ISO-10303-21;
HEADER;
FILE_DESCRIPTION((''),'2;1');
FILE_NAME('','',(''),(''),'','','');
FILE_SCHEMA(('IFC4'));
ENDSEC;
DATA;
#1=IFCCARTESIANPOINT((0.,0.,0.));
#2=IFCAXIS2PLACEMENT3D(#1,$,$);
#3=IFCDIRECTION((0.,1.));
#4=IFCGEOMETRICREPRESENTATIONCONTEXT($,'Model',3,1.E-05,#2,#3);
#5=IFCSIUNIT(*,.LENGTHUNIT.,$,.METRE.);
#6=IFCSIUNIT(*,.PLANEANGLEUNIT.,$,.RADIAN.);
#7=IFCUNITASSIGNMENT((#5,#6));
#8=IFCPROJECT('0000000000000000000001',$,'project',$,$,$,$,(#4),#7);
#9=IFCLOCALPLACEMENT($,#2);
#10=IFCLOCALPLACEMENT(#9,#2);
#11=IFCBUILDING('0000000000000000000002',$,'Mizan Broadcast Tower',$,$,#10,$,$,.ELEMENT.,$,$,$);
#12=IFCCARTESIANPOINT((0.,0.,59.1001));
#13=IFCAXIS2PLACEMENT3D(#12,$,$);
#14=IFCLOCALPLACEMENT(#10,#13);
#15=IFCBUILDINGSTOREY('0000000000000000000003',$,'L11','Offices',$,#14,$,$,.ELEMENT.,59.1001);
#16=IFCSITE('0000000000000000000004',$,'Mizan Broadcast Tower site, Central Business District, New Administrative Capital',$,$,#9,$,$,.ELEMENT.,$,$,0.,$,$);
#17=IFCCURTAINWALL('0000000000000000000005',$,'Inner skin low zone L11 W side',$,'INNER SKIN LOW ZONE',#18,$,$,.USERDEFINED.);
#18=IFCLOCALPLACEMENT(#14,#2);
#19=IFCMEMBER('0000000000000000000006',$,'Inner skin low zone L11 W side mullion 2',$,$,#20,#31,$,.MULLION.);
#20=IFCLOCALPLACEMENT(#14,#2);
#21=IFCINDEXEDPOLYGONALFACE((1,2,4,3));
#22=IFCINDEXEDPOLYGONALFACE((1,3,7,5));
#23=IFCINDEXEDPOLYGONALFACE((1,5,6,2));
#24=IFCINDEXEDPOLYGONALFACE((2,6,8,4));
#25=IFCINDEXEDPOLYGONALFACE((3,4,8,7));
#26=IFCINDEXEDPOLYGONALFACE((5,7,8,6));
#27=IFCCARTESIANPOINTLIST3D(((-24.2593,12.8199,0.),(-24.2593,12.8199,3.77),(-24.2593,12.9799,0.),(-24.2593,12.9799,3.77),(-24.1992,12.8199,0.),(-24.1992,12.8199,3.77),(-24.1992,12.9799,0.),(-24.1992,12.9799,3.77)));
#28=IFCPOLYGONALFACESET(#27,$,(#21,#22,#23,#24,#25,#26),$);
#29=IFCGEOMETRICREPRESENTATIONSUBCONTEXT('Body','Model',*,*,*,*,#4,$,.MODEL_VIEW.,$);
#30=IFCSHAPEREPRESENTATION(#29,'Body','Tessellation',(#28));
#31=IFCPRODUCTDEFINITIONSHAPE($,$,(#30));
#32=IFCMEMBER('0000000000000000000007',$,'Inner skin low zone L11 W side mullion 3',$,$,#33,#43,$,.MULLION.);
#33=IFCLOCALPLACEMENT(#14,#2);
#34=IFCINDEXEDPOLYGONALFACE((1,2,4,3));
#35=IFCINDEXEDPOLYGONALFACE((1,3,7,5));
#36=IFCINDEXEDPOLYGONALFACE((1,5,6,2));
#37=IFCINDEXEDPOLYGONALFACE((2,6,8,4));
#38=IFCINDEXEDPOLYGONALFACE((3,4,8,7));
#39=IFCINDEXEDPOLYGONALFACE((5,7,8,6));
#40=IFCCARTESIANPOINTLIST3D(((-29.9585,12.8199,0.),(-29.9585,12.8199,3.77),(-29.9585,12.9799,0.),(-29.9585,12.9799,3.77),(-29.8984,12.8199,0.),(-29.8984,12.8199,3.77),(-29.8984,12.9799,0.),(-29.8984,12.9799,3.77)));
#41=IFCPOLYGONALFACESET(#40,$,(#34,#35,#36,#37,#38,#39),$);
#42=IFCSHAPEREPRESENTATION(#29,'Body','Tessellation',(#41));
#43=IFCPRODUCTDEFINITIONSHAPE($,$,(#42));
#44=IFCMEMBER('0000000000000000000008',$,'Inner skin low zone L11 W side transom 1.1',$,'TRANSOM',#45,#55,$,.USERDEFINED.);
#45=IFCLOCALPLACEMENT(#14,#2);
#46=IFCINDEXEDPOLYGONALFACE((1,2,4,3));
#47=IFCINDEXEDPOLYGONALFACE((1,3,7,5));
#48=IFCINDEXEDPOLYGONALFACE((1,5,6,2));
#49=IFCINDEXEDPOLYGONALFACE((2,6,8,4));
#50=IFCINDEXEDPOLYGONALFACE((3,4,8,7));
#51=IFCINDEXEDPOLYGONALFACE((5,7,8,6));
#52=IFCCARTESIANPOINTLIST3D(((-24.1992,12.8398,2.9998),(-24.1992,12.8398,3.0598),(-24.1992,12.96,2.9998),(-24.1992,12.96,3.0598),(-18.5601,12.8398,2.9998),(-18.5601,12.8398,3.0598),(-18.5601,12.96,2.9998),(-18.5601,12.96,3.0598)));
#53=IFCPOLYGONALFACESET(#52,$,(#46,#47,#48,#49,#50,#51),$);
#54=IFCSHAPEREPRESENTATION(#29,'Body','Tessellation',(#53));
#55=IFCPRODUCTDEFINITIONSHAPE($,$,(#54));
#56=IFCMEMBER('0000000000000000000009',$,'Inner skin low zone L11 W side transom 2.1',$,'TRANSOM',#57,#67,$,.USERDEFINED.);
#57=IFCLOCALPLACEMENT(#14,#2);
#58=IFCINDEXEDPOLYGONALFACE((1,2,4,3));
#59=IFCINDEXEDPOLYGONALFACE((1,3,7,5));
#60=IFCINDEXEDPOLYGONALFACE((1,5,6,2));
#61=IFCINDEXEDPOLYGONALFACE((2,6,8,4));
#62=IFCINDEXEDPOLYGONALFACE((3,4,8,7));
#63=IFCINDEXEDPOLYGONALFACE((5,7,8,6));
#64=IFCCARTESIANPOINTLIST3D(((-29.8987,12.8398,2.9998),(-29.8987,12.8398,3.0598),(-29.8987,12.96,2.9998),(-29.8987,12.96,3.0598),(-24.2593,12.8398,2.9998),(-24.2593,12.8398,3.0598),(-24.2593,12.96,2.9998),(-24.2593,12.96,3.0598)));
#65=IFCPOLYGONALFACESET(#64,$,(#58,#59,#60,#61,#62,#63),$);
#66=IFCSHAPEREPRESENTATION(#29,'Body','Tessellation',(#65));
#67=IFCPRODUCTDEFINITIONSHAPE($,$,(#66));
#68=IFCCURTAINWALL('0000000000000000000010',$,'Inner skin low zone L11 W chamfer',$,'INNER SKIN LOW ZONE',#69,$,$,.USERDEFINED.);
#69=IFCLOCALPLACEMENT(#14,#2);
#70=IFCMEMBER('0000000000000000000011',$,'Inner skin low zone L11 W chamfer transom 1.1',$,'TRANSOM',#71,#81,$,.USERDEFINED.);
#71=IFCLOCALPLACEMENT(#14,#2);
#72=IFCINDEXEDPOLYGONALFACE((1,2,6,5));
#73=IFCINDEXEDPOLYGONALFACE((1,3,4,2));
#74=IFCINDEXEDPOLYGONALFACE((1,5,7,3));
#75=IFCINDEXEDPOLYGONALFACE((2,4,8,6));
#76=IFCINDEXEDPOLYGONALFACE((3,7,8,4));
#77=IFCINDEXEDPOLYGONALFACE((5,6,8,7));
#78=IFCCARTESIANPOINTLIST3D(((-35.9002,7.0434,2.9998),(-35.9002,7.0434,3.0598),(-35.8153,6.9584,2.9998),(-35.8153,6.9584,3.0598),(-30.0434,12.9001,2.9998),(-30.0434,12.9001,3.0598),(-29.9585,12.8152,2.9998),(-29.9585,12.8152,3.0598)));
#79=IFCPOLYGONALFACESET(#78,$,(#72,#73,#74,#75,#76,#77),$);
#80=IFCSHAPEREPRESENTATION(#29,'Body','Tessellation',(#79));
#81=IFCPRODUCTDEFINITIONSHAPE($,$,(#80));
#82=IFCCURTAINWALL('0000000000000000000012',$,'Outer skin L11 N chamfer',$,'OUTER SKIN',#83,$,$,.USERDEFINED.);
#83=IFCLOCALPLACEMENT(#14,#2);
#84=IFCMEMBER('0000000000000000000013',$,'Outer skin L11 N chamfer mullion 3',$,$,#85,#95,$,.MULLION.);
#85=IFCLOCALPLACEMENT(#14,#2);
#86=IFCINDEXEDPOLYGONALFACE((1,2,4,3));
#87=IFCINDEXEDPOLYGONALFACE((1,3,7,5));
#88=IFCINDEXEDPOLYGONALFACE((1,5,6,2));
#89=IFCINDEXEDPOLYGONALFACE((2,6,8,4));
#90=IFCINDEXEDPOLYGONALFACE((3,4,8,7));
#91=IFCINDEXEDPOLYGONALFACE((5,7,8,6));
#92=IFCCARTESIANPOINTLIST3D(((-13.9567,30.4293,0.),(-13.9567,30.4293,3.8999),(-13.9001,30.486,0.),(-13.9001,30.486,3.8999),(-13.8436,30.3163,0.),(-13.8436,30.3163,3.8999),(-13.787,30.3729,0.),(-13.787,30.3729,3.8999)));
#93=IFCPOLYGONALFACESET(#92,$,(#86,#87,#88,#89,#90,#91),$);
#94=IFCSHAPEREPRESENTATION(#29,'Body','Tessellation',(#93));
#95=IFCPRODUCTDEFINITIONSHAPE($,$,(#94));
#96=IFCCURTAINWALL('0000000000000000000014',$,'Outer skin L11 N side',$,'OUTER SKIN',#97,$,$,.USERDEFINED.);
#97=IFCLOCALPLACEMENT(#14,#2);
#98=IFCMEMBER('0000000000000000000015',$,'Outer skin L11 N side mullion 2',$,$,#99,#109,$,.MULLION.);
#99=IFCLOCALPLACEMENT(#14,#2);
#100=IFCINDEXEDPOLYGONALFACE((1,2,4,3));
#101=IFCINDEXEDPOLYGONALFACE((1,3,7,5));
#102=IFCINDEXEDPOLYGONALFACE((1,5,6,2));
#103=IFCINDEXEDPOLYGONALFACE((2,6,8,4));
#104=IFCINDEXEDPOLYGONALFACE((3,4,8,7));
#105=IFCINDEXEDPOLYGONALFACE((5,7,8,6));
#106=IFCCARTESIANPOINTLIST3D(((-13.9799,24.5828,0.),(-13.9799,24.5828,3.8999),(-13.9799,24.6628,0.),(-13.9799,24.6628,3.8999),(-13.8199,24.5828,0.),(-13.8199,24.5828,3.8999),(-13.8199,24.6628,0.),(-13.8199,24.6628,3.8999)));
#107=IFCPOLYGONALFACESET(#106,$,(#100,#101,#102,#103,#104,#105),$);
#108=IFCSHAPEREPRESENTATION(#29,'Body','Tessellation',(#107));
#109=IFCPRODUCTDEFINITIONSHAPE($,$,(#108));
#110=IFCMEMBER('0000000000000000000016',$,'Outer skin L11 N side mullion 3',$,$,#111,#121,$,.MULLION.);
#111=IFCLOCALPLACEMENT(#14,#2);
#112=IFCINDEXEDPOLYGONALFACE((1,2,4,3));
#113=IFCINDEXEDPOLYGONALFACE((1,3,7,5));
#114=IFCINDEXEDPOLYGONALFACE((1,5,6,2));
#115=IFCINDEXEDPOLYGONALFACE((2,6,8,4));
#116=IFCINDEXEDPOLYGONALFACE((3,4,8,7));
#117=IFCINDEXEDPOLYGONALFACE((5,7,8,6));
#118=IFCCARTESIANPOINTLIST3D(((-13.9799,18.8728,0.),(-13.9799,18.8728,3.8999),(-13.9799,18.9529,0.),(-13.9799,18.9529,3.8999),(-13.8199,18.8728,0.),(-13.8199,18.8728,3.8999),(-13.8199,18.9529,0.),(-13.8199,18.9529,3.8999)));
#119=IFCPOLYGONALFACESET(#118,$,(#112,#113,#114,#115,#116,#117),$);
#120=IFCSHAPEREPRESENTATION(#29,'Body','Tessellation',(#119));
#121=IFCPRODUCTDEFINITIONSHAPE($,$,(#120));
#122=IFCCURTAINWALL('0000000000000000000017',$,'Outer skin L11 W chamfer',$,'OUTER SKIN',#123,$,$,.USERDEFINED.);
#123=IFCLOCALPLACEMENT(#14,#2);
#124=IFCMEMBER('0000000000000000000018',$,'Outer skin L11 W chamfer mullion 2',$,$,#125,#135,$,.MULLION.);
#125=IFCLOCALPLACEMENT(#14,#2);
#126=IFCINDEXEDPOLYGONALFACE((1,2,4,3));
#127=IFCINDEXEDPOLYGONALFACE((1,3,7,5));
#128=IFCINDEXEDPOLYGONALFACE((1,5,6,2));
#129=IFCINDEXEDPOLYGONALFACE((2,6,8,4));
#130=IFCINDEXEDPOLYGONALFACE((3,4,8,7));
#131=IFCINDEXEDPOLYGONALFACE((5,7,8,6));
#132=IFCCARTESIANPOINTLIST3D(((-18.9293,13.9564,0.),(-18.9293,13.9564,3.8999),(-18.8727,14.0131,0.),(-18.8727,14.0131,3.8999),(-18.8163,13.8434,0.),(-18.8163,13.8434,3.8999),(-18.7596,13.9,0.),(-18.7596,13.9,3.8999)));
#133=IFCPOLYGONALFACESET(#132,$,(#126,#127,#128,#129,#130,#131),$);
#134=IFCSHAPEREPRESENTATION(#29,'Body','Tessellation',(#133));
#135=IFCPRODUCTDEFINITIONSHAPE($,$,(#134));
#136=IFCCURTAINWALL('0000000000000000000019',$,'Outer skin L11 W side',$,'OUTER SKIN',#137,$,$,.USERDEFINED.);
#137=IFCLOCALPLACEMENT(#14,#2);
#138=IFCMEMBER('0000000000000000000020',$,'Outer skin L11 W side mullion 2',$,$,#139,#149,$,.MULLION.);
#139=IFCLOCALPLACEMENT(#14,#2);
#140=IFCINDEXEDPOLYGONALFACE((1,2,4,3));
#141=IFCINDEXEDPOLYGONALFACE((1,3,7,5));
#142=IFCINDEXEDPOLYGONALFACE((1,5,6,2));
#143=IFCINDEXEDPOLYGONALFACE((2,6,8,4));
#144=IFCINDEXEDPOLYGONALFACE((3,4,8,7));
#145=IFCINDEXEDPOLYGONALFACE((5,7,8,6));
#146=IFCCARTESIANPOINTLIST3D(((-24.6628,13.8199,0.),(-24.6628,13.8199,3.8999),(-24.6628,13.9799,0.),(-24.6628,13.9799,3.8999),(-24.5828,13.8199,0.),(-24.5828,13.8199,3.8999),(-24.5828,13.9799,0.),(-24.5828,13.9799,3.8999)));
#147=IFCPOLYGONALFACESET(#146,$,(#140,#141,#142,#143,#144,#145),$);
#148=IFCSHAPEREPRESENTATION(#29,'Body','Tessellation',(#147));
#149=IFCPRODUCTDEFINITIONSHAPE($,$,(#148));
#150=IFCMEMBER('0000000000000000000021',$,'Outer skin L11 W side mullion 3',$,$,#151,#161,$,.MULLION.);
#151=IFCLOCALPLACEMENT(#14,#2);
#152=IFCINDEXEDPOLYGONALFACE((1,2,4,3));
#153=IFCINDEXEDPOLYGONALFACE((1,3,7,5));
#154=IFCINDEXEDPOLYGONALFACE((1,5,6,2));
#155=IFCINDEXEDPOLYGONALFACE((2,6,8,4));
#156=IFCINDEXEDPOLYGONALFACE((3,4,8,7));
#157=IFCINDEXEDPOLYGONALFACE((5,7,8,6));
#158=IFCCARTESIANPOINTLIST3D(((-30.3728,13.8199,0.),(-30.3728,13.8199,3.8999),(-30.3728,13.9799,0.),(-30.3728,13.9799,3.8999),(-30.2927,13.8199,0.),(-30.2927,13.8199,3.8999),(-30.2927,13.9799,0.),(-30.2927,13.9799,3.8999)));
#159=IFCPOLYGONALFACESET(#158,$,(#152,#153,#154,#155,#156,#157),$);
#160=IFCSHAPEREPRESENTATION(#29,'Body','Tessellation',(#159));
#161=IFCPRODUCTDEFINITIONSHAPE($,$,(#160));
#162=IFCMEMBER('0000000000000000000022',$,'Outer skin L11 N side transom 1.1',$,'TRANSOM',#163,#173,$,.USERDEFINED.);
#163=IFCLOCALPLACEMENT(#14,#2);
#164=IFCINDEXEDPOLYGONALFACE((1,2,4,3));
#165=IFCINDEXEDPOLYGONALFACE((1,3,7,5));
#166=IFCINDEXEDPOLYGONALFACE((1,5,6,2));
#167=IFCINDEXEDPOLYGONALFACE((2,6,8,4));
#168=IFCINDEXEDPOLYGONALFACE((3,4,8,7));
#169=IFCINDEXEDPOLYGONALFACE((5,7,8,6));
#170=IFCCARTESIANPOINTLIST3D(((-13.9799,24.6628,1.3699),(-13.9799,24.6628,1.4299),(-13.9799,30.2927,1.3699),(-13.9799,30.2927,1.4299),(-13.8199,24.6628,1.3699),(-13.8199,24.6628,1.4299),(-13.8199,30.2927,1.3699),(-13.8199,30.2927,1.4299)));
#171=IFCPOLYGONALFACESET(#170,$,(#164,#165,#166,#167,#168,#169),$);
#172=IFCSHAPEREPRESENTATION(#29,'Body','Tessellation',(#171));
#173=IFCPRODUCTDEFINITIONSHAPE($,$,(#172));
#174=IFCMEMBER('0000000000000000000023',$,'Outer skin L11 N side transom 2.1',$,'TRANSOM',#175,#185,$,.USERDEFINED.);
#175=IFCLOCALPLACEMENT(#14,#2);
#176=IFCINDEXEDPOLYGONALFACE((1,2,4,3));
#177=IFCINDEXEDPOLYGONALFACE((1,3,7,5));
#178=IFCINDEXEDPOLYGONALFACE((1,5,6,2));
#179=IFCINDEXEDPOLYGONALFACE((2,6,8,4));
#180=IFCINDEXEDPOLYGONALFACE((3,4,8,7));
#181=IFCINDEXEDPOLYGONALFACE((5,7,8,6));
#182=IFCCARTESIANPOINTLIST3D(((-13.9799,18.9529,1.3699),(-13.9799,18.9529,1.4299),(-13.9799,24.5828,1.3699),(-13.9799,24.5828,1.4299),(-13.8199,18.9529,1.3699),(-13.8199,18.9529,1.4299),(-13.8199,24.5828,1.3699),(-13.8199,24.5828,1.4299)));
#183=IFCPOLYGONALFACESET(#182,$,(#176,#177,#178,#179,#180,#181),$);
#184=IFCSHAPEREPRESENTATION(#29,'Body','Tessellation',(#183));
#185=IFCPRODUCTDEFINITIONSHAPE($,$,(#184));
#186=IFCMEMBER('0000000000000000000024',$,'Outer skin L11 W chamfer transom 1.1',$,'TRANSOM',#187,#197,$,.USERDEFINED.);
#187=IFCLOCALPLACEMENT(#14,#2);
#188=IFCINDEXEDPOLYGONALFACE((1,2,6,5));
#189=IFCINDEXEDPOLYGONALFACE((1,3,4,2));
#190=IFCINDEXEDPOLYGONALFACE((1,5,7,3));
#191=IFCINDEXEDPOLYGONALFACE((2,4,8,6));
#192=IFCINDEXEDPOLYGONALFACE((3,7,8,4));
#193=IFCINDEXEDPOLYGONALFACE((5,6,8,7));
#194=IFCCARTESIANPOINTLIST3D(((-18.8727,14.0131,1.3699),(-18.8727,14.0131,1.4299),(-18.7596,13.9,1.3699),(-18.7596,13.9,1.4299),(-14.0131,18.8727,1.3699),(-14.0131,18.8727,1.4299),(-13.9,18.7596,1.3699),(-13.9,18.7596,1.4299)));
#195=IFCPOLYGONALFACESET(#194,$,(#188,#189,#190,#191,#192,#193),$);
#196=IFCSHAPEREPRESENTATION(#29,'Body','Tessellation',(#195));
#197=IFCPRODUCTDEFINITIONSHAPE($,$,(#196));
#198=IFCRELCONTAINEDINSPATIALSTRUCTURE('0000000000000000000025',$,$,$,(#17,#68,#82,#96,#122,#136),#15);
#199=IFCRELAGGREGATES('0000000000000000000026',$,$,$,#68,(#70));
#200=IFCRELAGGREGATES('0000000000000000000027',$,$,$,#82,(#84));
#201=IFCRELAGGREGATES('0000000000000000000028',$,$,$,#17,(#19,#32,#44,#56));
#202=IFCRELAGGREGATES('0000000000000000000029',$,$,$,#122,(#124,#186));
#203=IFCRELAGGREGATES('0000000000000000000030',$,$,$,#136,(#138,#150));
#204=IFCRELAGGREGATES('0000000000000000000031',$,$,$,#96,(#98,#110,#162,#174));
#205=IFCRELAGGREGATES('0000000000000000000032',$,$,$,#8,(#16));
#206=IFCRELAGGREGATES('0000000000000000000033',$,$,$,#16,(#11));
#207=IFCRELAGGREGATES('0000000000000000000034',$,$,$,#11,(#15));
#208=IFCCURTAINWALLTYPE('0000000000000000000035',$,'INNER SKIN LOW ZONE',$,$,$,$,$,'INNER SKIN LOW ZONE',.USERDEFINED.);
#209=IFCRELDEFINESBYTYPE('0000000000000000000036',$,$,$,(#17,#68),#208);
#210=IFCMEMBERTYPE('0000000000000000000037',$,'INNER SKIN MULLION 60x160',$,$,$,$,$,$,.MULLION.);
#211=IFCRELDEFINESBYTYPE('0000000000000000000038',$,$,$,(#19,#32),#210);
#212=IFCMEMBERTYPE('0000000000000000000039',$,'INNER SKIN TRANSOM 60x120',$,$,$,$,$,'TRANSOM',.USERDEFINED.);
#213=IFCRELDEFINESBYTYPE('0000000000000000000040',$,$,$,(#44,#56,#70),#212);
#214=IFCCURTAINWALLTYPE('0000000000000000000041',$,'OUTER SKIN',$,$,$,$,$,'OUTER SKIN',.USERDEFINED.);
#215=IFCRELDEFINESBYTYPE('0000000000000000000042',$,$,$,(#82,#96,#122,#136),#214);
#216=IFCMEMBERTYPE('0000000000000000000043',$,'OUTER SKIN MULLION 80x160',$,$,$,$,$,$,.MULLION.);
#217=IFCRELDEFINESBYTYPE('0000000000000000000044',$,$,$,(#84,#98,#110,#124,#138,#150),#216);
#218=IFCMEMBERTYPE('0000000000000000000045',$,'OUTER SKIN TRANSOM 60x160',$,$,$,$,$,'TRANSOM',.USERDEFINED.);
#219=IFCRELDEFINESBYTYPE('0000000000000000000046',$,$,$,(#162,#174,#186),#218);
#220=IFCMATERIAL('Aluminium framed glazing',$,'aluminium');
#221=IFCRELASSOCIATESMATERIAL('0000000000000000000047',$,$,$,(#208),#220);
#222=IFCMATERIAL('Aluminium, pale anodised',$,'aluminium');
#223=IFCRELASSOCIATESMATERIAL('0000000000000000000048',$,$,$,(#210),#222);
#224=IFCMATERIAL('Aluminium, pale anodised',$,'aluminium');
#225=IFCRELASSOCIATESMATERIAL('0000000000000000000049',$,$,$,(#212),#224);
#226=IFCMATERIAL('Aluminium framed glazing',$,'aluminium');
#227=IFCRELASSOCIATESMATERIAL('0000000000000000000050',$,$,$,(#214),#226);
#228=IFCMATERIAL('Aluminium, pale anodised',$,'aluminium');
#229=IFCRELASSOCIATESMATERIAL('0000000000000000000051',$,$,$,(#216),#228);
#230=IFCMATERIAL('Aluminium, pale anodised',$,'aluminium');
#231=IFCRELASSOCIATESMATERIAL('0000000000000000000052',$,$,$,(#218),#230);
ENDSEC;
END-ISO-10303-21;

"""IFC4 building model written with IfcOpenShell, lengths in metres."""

from ifc_helpers import new_model, si_unit, direction, frame, origin, origin_2d, place, context, subcontext, project, spatial, rectangle, extrude, material, material_profile, profile_set, type_object, element, aggregate, save


model = new_model("IFC4")

# Units and contexts
model_context = context("Model", 3, precision=1e-05, world=origin(), true_north=direction((0.0, 1.0)))
body_context = subcontext(model_context, "Body", "Model", "MODEL_VIEW")
ifc_project = project(units=[si_unit("LENGTHUNIT", "METRE"), si_unit("PLANEANGLEUNIT", "RADIAN")], contexts=[model_context])

# Site, building, storey
site_placement = place(None, origin())
site = spatial("IfcSite", under=ifc_project, at=site_placement, Name="Mizan Broadcast Tower site, Central Business District, New Administrative Capital", CompositionType="ELEMENT", RefElevation=0.0)
building_placement = place(site_placement, origin())
building = spatial("IfcBuilding", under=site, at=building_placement, Name="Mizan Broadcast Tower", CompositionType="ELEMENT")
storey_placement = place(building_placement, frame((0.0, 0.0, 59.1001)))
storey = spatial("IfcBuildingStorey", under=building, at=storey_placement, Name="L11", Description="Offices", CompositionType="ELEMENT", Elevation=59.1001)

# Curtain wall, members
ifc_material_1 = material(Name="Aluminium framed glazing", Category="aluminium")
curtain_wall_type_1 = type_object("IfcCurtainWallType", Name="INNER SKIN LOW ZONE", ElementType="INNER SKIN LOW ZONE", PredefinedType="USERDEFINED", material=ifc_material_1)
curtain_wall_1_placement = place(storey_placement, origin())
curtain_wall_1 = element("IfcCurtainWall", 1, at=curtain_wall_1_placement, inside=storey, type_object=curtain_wall_type_1, Name="Inner skin low zone L11 W side", ObjectType="INNER SKIN LOW ZONE", PredefinedType="USERDEFINED")
ifc_material_2 = material(Name="Aluminium, pale anodised", Category="aluminium")
ifc_material_profile_1 = material_profile(ifc_material_2, rectangle(XDim=0.1599, YDim=0.0601, at=origin_2d()), Name="MULLION 160x60")
ifc_profile_set_1 = profile_set([ifc_material_profile_1], Name="Aluminium, pale anodised")
member_type_1 = type_object("IfcMemberType", Name="INNER SKIN MULLION 60x160", PredefinedType="MULLION", material=ifc_profile_set_1)
member_1_placement = place(storey_placement, frame((-24.2292, 12.8999, 0.0), z_axis=(0.0, 0.0, 1.0), x_axis=(0.0, -1.0, 0.0)))
member_1 = element("IfcMember", 2, at=member_1_placement, type_object=member_type_1, Name="Inner skin low zone L11 W side mullion 2", PredefinedType="MULLION", context=body_context, shape_type="SweptSolid", body=[
    extrude(rectangle(XDim=0.1599, YDim=0.0601, at=origin_2d()), origin(), (0.0, 0.0, 1.0), 3.77),
])
member_2_placement = place(storey_placement, frame((-29.9285, 12.8999, 0.0), z_axis=(0.0, 0.0, 1.0), x_axis=(0.0, -1.0, 0.0)))
member_2 = element("IfcMember", 3, at=member_2_placement, type_object=member_type_1, Name="Inner skin low zone L11 W side mullion 3", PredefinedType="MULLION", context=body_context, shape_type="SweptSolid", body=[
    extrude(rectangle(XDim=0.1599, YDim=0.0601, at=origin_2d()), origin(), (0.0, 0.0, 1.0), 3.77),
])
ifc_material_3 = material(Name="Aluminium, pale anodised", Category="aluminium")
ifc_material_profile_2 = material_profile(ifc_material_3, rectangle(XDim=0.1201, YDim=0.0601, at=origin_2d()), Name="TRANSOM 120x60")
ifc_profile_set_2 = profile_set([ifc_material_profile_2], Name="Aluminium, pale anodised")
member_type_2 = type_object("IfcMemberType", Name="INNER SKIN TRANSOM 60x120", ElementType="TRANSOM", PredefinedType="USERDEFINED", material=ifc_profile_set_2)
member_3_placement = place(storey_placement, frame((-18.5601, 12.8999, 3.0298), z_axis=(-1.0, 0.0, 0.0), x_axis=(0.0, -1.0, 0.0)))
member_3 = element("IfcMember", 4, at=member_3_placement, type_object=member_type_2, Name="Inner skin low zone L11 W side transom 1.1", ObjectType="TRANSOM", PredefinedType="USERDEFINED", context=body_context, shape_type="SweptSolid", body=[
    extrude(rectangle(XDim=0.1201, YDim=0.0601, at=origin_2d()), origin(), (0.0, 0.0, 1.0), 5.6392),
])
member_4_placement = place(storey_placement, frame((-24.2593, 12.8999, 3.0298), z_axis=(-1.0, 0.0, 0.0), x_axis=(0.0, -1.0, 0.0)))
member_4 = element("IfcMember", 5, at=member_4_placement, type_object=member_type_2, Name="Inner skin low zone L11 W side transom 2.1", ObjectType="TRANSOM", PredefinedType="USERDEFINED", context=body_context, shape_type="SweptSolid", body=[
    extrude(rectangle(XDim=0.1201, YDim=0.0601, at=origin_2d()), origin(), (0.0, 0.0, 1.0), 5.6394),
])

# Curtain walls, members
curtain_wall_2_placement = place(storey_placement, origin())
curtain_wall_2 = element("IfcCurtainWall", 6, at=curtain_wall_2_placement, inside=storey, type_object=curtain_wall_type_1, Name="Inner skin low zone L11 W chamfer", ObjectType="INNER SKIN LOW ZONE", PredefinedType="USERDEFINED")
member_5_placement = place(storey_placement, frame((-30.001, 12.8577, 3.0298), z_axis=(-0.707107, -0.707107, 0.0), x_axis=(0.707107, -0.707107, 0.0)))
member_5 = element("IfcMember", 7, at=member_5_placement, type_object=member_type_2, Name="Inner skin low zone L11 W chamfer transom 1.1", ObjectType="TRANSOM", PredefinedType="USERDEFINED", context=body_context, shape_type="SweptSolid", body=[
    extrude(rectangle(XDim=0.1201, YDim=0.0601, at=origin_2d()), origin(), (0.0, 0.0, 1.0), 8.2827),
])
aggregate(curtain_wall_2, [member_5])
ifc_material_4 = material(Name="Aluminium framed glazing", Category="aluminium")
curtain_wall_type_2 = type_object("IfcCurtainWallType", Name="OUTER SKIN", ElementType="OUTER SKIN", PredefinedType="USERDEFINED", material=ifc_material_4)
curtain_wall_3_placement = place(storey_placement, origin())
curtain_wall_3 = element("IfcCurtainWall", 8, at=curtain_wall_3_placement, inside=storey, type_object=curtain_wall_type_2, Name="Outer skin L11 N chamfer", ObjectType="OUTER SKIN", PredefinedType="USERDEFINED")
ifc_material_5 = material(Name="Aluminium, pale anodised", Category="aluminium")
ifc_material_profile_3 = material_profile(ifc_material_5, rectangle(XDim=0.1599, YDim=0.0801, at=origin_2d()), Name="MULLION 160x80")
ifc_profile_set_3 = profile_set([ifc_material_profile_3], Name="Aluminium, pale anodised")
member_type_3 = type_object("IfcMemberType", Name="OUTER SKIN MULLION 80x160", PredefinedType="MULLION", material=ifc_profile_set_3)
member_6_placement = place(storey_placement, frame((-13.8718, 30.4011, 0.0), z_axis=(0.0, 0.0, 1.0), x_axis=(0.707107, -0.707107, 0.0)))
member_6 = element("IfcMember", 9, at=member_6_placement, type_object=member_type_3, Name="Outer skin L11 N chamfer mullion 3", PredefinedType="MULLION", context=body_context, shape_type="SweptSolid", body=[
    extrude(rectangle(XDim=0.1599, YDim=0.0801, at=origin_2d()), origin(), (0.0, 0.0, 1.0), 3.8999),
])
aggregate(curtain_wall_3, [member_6])

# Curtain wall, members
curtain_wall_4_placement = place(storey_placement, origin())
curtain_wall_4 = element("IfcCurtainWall", 10, at=curtain_wall_4_placement, inside=storey, type_object=curtain_wall_type_2, Name="Outer skin L11 N side", ObjectType="OUTER SKIN", PredefinedType="USERDEFINED")
member_7_placement = place(storey_placement, frame((-13.8999, 24.6228, 0.0), z_axis=(0.0, 0.0, 1.0), x_axis=(1.0, 0.0, 0.0)))
member_7 = element("IfcMember", 11, at=member_7_placement, type_object=member_type_3, Name="Outer skin L11 N side mullion 2", PredefinedType="MULLION", context=body_context, shape_type="SweptSolid", body=[
    extrude(rectangle(XDim=0.1599, YDim=0.0801, at=origin_2d()), origin(), (0.0, 0.0, 1.0), 3.8999),
])
member_8_placement = place(storey_placement, frame((-13.8999, 18.9128, 0.0), z_axis=(0.0, 0.0, 1.0), x_axis=(1.0, 0.0, 0.0)))
member_8 = element("IfcMember", 12, at=member_8_placement, type_object=member_type_3, Name="Outer skin L11 N side mullion 3", PredefinedType="MULLION", context=body_context, shape_type="SweptSolid", body=[
    extrude(rectangle(XDim=0.1599, YDim=0.0801, at=origin_2d()), origin(), (0.0, 0.0, 1.0), 3.8999),
])

# Curtain wall, member
curtain_wall_5_placement = place(storey_placement, origin())
curtain_wall_5 = element("IfcCurtainWall", 13, at=curtain_wall_5_placement, inside=storey, type_object=curtain_wall_type_2, Name="Outer skin L11 W chamfer", ObjectType="OUTER SKIN", PredefinedType="USERDEFINED")
member_9_placement = place(storey_placement, frame((-18.8445, 13.9282, 0.0), z_axis=(0.0, 0.0, 1.0), x_axis=(0.707107, -0.707107, 0.0)))
member_9 = element("IfcMember", 14, at=member_9_placement, type_object=member_type_3, Name="Outer skin L11 W chamfer mullion 2", PredefinedType="MULLION", context=body_context, shape_type="SweptSolid", body=[
    extrude(rectangle(XDim=0.1599, YDim=0.0801, at=origin_2d()), origin(), (0.0, 0.0, 1.0), 3.8999),
])

# Curtain wall, members
curtain_wall_6_placement = place(storey_placement, origin())
curtain_wall_6 = element("IfcCurtainWall", 15, at=curtain_wall_6_placement, inside=storey, type_object=curtain_wall_type_2, Name="Outer skin L11 W side", ObjectType="OUTER SKIN", PredefinedType="USERDEFINED")
member_10_placement = place(storey_placement, frame((-24.6228, 13.8999, 0.0), z_axis=(0.0, 0.0, 1.0), x_axis=(0.0, -1.0, 0.0)))
member_10 = element("IfcMember", 16, at=member_10_placement, type_object=member_type_3, Name="Outer skin L11 W side mullion 2", PredefinedType="MULLION", context=body_context, shape_type="SweptSolid", body=[
    extrude(rectangle(XDim=0.1599, YDim=0.0801, at=origin_2d()), origin(), (0.0, 0.0, 1.0), 3.8999),
])
member_11_placement = place(storey_placement, frame((-30.3328, 13.8999, 0.0), z_axis=(0.0, 0.0, 1.0), x_axis=(0.0, -1.0, 0.0)))
member_11 = element("IfcMember", 17, at=member_11_placement, type_object=member_type_3, Name="Outer skin L11 W side mullion 3", PredefinedType="MULLION", context=body_context, shape_type="SweptSolid", body=[
    extrude(rectangle(XDim=0.1599, YDim=0.0801, at=origin_2d()), origin(), (0.0, 0.0, 1.0), 3.8999),
])

# Members
ifc_material_6 = material(Name="Aluminium, pale anodised", Category="aluminium")
ifc_material_profile_4 = material_profile(ifc_material_6, rectangle(XDim=0.1599, YDim=0.0601, at=origin_2d()), Name="TRANSOM 160x60")
ifc_profile_set_4 = profile_set([ifc_material_profile_4], Name="Aluminium, pale anodised")
member_type_4 = type_object("IfcMemberType", Name="OUTER SKIN TRANSOM 60x160", ElementType="TRANSOM", PredefinedType="USERDEFINED", material=ifc_profile_set_4)
member_12_placement = place(storey_placement, frame((-13.8999, 30.2927, 1.3999), z_axis=(0.0, -1.0, 0.0), x_axis=(1.0, 0.0, 0.0)))
member_12 = element("IfcMember", 18, at=member_12_placement, type_object=member_type_4, Name="Outer skin L11 N side transom 1.1", ObjectType="TRANSOM", PredefinedType="USERDEFINED", context=body_context, shape_type="SweptSolid", body=[
    extrude(rectangle(XDim=0.1599, YDim=0.0601, at=origin_2d()), origin(), (0.0, 0.0, 1.0), 5.6299),
])
member_13_placement = place(storey_placement, frame((-13.8999, 24.5828, 1.3999), z_axis=(0.0, -1.0, 0.0), x_axis=(1.0, 0.0, 0.0)))
member_13 = element("IfcMember", 19, at=member_13_placement, type_object=member_type_4, Name="Outer skin L11 N side transom 2.1", ObjectType="TRANSOM", PredefinedType="USERDEFINED", context=body_context, shape_type="SweptSolid", body=[
    extrude(rectangle(XDim=0.1599, YDim=0.0601, at=origin_2d()), origin(), (0.0, 0.0, 1.0), 5.6299),
])
member_14_placement = place(storey_placement, frame((-13.9565, 18.8162, 1.3999), z_axis=(-0.707107, -0.707107, 0.0), x_axis=(0.707107, -0.707107, 0.0)))
member_14 = element("IfcMember", 20, at=member_14_placement, type_object=member_type_4, Name="Outer skin L11 W chamfer transom 1.1", ObjectType="TRANSOM", PredefinedType="USERDEFINED", context=body_context, shape_type="SweptSolid", body=[
    extrude(rectangle(XDim=0.1599, YDim=0.0601, at=origin_2d()), origin(), (0.0, 0.0, 1.0), 6.8726),
])

aggregate(curtain_wall_1, [member_1, member_2, member_3, member_4])
aggregate(curtain_wall_5, [member_9, member_14])
aggregate(curtain_wall_6, [member_10, member_11])
aggregate(curtain_wall_4, [member_7, member_8, member_12, member_13])

save(model, "model.ifc")
